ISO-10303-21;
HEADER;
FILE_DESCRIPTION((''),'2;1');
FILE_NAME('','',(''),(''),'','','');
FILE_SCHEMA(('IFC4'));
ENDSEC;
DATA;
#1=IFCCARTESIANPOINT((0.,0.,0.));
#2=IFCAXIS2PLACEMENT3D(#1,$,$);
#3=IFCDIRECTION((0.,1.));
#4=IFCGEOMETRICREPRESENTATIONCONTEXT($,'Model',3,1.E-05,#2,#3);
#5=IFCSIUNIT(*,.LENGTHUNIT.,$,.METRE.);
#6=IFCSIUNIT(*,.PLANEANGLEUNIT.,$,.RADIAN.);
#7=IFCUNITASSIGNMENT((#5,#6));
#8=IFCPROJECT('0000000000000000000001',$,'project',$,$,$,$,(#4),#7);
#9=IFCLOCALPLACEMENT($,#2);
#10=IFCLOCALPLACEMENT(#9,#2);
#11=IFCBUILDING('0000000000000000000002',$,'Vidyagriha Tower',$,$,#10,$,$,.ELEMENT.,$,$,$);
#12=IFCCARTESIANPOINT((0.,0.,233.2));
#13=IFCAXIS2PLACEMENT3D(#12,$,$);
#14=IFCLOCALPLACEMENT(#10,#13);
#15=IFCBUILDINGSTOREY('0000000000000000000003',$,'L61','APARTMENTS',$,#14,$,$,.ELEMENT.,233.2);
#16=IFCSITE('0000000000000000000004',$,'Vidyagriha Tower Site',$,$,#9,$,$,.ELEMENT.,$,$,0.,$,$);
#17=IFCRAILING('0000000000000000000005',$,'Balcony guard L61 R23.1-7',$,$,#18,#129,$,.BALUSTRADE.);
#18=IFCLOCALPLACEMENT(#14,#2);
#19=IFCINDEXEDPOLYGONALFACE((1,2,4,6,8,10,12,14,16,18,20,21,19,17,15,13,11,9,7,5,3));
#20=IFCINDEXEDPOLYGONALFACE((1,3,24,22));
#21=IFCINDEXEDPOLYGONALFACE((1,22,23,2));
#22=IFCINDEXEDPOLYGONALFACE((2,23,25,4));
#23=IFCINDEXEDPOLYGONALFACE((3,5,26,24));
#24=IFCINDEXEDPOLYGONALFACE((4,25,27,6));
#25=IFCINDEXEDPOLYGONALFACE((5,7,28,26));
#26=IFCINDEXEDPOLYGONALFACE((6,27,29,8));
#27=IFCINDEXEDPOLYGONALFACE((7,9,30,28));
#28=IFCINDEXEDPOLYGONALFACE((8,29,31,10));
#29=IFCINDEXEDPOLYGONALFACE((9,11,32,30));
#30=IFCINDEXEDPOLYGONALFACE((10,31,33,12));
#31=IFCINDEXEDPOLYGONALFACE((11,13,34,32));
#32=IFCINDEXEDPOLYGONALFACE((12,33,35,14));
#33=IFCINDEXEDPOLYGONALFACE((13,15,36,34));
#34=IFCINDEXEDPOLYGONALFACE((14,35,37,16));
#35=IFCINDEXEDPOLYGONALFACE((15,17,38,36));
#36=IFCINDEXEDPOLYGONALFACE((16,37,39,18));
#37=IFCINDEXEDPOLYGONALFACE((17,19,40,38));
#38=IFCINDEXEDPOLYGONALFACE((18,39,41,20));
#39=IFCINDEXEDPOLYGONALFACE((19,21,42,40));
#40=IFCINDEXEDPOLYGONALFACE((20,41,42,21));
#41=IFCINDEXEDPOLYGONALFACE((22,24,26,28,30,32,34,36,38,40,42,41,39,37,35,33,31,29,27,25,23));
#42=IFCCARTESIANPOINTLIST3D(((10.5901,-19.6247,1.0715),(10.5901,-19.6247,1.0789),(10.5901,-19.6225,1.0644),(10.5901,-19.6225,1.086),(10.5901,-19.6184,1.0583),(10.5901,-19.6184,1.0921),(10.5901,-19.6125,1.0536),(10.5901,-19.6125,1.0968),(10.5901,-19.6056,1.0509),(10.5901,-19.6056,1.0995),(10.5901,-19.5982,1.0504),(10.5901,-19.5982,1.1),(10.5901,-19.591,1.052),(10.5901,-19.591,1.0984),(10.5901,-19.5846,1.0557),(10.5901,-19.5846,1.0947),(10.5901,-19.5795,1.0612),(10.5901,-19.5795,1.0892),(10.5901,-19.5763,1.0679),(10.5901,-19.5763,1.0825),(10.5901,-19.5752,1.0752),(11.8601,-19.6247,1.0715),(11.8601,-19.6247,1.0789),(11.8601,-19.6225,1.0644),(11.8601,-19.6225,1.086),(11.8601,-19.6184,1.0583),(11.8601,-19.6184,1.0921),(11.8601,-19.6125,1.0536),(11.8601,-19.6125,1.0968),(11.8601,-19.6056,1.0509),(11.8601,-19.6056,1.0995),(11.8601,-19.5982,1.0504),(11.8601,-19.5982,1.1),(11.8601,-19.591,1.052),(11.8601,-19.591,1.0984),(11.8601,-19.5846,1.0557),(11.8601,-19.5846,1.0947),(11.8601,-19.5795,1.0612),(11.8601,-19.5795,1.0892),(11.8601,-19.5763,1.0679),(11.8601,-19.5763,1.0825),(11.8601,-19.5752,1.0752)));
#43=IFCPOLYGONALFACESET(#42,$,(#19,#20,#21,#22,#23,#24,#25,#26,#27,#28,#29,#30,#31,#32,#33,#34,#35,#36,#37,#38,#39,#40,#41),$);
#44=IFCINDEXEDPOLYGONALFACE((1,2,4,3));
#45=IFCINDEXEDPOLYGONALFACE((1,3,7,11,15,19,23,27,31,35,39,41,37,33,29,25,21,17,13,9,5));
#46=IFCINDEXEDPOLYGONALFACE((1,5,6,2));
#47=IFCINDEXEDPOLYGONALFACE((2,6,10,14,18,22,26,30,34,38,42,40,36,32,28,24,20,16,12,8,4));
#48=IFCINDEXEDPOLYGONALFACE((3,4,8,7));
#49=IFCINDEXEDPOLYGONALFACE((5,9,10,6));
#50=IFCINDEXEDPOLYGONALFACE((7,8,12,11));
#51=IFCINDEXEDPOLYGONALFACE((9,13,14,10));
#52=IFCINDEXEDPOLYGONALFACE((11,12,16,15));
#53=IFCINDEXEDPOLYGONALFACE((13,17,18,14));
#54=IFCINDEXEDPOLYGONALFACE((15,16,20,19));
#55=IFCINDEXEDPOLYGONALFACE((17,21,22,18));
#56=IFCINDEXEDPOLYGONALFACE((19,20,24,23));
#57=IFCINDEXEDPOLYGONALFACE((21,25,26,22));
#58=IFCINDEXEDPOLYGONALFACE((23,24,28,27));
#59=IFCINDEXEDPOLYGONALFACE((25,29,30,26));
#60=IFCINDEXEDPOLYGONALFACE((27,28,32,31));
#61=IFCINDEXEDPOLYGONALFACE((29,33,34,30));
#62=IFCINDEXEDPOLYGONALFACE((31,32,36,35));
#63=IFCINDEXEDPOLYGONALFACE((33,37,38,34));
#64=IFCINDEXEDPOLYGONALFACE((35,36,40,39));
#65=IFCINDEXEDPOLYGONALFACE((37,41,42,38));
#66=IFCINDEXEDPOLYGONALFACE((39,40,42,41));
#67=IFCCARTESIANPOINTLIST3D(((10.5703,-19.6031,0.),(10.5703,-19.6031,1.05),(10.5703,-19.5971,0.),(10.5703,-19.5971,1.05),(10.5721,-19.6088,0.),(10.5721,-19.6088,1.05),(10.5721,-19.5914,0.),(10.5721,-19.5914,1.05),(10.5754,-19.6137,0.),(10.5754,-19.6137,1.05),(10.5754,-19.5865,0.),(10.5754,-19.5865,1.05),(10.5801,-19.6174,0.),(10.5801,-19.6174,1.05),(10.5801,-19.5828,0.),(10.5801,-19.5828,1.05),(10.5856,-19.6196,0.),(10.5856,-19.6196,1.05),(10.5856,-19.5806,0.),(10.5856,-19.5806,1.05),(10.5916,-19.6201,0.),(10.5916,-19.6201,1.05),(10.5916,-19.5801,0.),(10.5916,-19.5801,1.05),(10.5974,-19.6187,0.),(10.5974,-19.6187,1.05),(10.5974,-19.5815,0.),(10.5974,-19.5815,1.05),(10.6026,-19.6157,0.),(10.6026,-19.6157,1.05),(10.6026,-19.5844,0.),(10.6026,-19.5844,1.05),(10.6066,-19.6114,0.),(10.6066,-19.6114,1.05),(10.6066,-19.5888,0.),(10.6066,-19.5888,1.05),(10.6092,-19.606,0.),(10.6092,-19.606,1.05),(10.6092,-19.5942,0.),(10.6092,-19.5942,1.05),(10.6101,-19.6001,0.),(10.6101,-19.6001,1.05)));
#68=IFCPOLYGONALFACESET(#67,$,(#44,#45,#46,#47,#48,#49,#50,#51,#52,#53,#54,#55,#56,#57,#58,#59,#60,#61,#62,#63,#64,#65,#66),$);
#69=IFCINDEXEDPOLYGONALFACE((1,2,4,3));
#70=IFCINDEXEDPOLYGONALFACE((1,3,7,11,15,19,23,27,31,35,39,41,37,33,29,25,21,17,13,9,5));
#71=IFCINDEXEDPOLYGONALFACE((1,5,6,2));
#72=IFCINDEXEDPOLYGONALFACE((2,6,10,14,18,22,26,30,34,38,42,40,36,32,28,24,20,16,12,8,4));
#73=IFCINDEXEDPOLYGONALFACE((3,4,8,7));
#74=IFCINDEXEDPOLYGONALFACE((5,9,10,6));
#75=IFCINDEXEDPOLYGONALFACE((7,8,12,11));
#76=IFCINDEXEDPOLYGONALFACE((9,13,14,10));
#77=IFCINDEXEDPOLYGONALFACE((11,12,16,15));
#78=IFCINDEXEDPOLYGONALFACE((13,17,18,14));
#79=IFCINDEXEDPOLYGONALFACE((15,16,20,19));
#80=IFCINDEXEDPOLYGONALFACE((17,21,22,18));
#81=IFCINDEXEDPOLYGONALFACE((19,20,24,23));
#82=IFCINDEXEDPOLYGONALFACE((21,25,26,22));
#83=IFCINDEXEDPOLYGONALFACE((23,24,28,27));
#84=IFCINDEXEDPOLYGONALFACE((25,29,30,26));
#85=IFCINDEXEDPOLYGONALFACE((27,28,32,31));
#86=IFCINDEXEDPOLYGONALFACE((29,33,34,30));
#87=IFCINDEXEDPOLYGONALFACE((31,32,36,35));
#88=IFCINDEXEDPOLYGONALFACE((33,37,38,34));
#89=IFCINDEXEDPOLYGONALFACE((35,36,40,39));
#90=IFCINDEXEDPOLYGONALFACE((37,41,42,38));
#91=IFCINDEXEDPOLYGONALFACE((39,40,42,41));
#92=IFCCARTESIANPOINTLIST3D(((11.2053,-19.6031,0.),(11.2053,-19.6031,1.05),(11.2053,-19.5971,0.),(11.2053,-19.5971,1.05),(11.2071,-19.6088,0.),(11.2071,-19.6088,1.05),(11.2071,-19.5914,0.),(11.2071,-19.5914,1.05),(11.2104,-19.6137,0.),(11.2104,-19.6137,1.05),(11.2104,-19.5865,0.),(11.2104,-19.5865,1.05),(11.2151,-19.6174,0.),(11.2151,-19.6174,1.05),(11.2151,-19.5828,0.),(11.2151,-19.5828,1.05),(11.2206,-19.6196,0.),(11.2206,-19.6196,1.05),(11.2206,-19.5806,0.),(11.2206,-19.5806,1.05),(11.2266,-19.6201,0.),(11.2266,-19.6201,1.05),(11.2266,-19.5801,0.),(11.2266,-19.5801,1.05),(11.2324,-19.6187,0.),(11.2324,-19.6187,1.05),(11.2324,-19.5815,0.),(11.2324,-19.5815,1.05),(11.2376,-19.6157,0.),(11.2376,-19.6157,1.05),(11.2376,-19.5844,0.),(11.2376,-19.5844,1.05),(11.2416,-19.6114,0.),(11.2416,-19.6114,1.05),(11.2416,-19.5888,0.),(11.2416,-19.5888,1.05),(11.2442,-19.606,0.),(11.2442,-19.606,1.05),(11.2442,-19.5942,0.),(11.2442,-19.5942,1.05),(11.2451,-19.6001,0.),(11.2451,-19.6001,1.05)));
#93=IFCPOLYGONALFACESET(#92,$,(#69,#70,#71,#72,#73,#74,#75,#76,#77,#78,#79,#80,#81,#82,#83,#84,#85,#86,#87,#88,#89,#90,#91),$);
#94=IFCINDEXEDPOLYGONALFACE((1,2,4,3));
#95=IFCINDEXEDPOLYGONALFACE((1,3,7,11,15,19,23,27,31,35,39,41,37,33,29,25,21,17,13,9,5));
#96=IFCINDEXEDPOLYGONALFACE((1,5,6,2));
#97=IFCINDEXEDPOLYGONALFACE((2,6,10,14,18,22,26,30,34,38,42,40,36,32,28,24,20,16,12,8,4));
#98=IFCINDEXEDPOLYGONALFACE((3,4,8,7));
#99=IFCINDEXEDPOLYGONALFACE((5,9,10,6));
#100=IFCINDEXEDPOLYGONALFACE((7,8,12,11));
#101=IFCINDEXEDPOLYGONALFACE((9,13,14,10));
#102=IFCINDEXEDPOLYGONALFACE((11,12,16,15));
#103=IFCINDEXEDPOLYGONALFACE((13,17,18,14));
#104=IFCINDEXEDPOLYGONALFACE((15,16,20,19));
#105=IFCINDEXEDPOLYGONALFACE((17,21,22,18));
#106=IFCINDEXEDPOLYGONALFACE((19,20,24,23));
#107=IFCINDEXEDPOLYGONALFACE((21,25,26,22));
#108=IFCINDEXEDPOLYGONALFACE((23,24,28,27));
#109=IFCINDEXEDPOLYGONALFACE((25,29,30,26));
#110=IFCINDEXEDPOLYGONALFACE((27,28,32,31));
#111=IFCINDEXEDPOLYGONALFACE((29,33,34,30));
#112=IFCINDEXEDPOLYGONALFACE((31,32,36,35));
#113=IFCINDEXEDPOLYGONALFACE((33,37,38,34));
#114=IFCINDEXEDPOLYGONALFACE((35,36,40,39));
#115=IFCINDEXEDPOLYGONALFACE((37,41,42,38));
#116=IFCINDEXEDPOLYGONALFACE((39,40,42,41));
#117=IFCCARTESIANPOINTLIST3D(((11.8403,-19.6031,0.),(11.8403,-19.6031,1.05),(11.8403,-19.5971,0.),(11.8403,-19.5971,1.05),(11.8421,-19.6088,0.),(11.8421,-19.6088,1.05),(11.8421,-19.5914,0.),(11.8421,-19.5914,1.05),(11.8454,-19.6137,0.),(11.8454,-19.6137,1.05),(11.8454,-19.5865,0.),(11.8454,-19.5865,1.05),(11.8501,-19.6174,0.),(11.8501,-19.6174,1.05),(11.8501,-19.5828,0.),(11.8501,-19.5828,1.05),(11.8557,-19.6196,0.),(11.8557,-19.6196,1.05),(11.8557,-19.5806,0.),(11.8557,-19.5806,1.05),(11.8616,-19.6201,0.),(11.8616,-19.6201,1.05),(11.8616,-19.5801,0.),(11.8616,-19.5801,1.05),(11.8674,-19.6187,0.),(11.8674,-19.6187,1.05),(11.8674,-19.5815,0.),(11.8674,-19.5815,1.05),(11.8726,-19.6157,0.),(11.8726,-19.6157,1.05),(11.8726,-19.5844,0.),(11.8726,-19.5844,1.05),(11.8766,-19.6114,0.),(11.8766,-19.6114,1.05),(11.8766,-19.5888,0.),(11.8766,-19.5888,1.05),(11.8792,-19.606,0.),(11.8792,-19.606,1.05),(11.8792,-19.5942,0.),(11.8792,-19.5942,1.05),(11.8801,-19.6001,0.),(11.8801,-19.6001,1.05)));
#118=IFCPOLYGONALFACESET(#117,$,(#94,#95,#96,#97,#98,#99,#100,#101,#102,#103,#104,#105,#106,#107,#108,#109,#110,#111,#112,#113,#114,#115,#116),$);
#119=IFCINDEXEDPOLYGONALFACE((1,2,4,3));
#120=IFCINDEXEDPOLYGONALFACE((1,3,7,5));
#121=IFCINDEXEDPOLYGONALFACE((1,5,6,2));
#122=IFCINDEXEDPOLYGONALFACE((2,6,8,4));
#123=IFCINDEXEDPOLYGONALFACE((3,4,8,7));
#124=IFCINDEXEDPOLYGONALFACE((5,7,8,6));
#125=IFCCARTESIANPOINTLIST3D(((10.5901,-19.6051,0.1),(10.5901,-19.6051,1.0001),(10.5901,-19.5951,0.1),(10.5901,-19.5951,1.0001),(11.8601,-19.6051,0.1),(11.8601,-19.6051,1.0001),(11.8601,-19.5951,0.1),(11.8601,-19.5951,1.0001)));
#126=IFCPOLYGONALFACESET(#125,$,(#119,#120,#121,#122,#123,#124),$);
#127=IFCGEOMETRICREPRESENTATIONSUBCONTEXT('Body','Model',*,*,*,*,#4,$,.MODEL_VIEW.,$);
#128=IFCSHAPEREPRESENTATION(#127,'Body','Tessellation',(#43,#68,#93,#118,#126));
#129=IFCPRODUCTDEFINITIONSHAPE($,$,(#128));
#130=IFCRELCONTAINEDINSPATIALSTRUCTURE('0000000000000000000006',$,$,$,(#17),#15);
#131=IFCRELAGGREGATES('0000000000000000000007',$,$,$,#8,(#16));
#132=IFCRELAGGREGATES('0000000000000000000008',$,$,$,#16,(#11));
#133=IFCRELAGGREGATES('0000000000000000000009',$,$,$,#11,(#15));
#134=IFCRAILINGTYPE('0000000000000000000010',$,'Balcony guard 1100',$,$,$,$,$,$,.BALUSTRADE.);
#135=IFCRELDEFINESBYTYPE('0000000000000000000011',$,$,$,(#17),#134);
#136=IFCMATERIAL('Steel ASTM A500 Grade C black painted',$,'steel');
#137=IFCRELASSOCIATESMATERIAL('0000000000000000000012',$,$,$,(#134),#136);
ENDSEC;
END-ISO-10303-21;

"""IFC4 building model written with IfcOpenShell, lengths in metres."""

from ifc_helpers import new_model, si_unit, direction, frame, origin, origin_2d, place, context, subcontext, project, spatial, rectangle, circle, extrude, material, type_object, element, save


model = new_model("IFC4")

# Units and contexts
model_context = context("Model", 3, precision=1e-05, world=origin(), true_north=direction((0.0, 1.0)))
body_context = subcontext(model_context, "Body", "Model", "MODEL_VIEW")
ifc_project = project(units=[si_unit("LENGTHUNIT", "METRE"), si_unit("PLANEANGLEUNIT", "RADIAN")], contexts=[model_context])

# Site, building, storey
site_placement = place(None, origin())
site = spatial("IfcSite", under=ifc_project, at=site_placement, Name="Vidyagriha Tower Site", CompositionType="ELEMENT", RefElevation=0.0)
building_placement = place(site_placement, origin())
building = spatial("IfcBuilding", under=site, at=building_placement, Name="Vidyagriha Tower", CompositionType="ELEMENT")
storey_placement = place(building_placement, frame((0.0, 0.0, 233.2)))
storey = spatial("IfcBuildingStorey", under=building, at=storey_placement, Name="L61", Description="APARTMENTS", CompositionType="ELEMENT", Elevation=233.2)

# Railing
ifc_material_1 = material(Name="Steel ASTM A500 Grade C black painted", Category="steel")
railing_type = type_object("IfcRailingType", Name="Balcony guard 1100", PredefinedType="BALUSTRADE", material=ifc_material_1)
railing_1_placement = place(storey_placement, frame((10.5901, -19.6001, 0.0)))
element("IfcRailing", 1, at=railing_1_placement, inside=storey, type_object=railing_type, Name="Balcony guard L61 R23.1-7", PredefinedType="BALUSTRADE", context=body_context, shape_type="SweptSolid", body=[
    extrude(circle(Radius=0.0249, at=origin_2d()), frame((0.0, 0.0, 1.0752), z_axis=(1.0, 0.0, 0.0), x_axis=(0.0, 1.0, 0.0)), (0.0, 0.0, 1.0), 1.27),
    extrude(circle(Radius=0.02, at=origin_2d()), origin(), (0.0, 0.0, 1.0), 1.05),
    extrude(circle(Radius=0.02, at=origin_2d()), frame((0.635, 0.0, 0.0)), (0.0, 0.0, 1.0), 1.05),
    extrude(circle(Radius=0.02, at=origin_2d()), frame((1.27, 0.0, 0.0)), (0.0, 0.0, 1.0), 1.05),
    extrude(rectangle(XDim=0.01, YDim=0.9001, at=origin_2d()), frame((0.0, 0.0, 0.55), z_axis=(1.0, 0.0, 0.0), x_axis=(0.0, 1.0, 0.0)), (0.0, 0.0, 1.0), 1.27),
])

save(model, "model.ifc")
